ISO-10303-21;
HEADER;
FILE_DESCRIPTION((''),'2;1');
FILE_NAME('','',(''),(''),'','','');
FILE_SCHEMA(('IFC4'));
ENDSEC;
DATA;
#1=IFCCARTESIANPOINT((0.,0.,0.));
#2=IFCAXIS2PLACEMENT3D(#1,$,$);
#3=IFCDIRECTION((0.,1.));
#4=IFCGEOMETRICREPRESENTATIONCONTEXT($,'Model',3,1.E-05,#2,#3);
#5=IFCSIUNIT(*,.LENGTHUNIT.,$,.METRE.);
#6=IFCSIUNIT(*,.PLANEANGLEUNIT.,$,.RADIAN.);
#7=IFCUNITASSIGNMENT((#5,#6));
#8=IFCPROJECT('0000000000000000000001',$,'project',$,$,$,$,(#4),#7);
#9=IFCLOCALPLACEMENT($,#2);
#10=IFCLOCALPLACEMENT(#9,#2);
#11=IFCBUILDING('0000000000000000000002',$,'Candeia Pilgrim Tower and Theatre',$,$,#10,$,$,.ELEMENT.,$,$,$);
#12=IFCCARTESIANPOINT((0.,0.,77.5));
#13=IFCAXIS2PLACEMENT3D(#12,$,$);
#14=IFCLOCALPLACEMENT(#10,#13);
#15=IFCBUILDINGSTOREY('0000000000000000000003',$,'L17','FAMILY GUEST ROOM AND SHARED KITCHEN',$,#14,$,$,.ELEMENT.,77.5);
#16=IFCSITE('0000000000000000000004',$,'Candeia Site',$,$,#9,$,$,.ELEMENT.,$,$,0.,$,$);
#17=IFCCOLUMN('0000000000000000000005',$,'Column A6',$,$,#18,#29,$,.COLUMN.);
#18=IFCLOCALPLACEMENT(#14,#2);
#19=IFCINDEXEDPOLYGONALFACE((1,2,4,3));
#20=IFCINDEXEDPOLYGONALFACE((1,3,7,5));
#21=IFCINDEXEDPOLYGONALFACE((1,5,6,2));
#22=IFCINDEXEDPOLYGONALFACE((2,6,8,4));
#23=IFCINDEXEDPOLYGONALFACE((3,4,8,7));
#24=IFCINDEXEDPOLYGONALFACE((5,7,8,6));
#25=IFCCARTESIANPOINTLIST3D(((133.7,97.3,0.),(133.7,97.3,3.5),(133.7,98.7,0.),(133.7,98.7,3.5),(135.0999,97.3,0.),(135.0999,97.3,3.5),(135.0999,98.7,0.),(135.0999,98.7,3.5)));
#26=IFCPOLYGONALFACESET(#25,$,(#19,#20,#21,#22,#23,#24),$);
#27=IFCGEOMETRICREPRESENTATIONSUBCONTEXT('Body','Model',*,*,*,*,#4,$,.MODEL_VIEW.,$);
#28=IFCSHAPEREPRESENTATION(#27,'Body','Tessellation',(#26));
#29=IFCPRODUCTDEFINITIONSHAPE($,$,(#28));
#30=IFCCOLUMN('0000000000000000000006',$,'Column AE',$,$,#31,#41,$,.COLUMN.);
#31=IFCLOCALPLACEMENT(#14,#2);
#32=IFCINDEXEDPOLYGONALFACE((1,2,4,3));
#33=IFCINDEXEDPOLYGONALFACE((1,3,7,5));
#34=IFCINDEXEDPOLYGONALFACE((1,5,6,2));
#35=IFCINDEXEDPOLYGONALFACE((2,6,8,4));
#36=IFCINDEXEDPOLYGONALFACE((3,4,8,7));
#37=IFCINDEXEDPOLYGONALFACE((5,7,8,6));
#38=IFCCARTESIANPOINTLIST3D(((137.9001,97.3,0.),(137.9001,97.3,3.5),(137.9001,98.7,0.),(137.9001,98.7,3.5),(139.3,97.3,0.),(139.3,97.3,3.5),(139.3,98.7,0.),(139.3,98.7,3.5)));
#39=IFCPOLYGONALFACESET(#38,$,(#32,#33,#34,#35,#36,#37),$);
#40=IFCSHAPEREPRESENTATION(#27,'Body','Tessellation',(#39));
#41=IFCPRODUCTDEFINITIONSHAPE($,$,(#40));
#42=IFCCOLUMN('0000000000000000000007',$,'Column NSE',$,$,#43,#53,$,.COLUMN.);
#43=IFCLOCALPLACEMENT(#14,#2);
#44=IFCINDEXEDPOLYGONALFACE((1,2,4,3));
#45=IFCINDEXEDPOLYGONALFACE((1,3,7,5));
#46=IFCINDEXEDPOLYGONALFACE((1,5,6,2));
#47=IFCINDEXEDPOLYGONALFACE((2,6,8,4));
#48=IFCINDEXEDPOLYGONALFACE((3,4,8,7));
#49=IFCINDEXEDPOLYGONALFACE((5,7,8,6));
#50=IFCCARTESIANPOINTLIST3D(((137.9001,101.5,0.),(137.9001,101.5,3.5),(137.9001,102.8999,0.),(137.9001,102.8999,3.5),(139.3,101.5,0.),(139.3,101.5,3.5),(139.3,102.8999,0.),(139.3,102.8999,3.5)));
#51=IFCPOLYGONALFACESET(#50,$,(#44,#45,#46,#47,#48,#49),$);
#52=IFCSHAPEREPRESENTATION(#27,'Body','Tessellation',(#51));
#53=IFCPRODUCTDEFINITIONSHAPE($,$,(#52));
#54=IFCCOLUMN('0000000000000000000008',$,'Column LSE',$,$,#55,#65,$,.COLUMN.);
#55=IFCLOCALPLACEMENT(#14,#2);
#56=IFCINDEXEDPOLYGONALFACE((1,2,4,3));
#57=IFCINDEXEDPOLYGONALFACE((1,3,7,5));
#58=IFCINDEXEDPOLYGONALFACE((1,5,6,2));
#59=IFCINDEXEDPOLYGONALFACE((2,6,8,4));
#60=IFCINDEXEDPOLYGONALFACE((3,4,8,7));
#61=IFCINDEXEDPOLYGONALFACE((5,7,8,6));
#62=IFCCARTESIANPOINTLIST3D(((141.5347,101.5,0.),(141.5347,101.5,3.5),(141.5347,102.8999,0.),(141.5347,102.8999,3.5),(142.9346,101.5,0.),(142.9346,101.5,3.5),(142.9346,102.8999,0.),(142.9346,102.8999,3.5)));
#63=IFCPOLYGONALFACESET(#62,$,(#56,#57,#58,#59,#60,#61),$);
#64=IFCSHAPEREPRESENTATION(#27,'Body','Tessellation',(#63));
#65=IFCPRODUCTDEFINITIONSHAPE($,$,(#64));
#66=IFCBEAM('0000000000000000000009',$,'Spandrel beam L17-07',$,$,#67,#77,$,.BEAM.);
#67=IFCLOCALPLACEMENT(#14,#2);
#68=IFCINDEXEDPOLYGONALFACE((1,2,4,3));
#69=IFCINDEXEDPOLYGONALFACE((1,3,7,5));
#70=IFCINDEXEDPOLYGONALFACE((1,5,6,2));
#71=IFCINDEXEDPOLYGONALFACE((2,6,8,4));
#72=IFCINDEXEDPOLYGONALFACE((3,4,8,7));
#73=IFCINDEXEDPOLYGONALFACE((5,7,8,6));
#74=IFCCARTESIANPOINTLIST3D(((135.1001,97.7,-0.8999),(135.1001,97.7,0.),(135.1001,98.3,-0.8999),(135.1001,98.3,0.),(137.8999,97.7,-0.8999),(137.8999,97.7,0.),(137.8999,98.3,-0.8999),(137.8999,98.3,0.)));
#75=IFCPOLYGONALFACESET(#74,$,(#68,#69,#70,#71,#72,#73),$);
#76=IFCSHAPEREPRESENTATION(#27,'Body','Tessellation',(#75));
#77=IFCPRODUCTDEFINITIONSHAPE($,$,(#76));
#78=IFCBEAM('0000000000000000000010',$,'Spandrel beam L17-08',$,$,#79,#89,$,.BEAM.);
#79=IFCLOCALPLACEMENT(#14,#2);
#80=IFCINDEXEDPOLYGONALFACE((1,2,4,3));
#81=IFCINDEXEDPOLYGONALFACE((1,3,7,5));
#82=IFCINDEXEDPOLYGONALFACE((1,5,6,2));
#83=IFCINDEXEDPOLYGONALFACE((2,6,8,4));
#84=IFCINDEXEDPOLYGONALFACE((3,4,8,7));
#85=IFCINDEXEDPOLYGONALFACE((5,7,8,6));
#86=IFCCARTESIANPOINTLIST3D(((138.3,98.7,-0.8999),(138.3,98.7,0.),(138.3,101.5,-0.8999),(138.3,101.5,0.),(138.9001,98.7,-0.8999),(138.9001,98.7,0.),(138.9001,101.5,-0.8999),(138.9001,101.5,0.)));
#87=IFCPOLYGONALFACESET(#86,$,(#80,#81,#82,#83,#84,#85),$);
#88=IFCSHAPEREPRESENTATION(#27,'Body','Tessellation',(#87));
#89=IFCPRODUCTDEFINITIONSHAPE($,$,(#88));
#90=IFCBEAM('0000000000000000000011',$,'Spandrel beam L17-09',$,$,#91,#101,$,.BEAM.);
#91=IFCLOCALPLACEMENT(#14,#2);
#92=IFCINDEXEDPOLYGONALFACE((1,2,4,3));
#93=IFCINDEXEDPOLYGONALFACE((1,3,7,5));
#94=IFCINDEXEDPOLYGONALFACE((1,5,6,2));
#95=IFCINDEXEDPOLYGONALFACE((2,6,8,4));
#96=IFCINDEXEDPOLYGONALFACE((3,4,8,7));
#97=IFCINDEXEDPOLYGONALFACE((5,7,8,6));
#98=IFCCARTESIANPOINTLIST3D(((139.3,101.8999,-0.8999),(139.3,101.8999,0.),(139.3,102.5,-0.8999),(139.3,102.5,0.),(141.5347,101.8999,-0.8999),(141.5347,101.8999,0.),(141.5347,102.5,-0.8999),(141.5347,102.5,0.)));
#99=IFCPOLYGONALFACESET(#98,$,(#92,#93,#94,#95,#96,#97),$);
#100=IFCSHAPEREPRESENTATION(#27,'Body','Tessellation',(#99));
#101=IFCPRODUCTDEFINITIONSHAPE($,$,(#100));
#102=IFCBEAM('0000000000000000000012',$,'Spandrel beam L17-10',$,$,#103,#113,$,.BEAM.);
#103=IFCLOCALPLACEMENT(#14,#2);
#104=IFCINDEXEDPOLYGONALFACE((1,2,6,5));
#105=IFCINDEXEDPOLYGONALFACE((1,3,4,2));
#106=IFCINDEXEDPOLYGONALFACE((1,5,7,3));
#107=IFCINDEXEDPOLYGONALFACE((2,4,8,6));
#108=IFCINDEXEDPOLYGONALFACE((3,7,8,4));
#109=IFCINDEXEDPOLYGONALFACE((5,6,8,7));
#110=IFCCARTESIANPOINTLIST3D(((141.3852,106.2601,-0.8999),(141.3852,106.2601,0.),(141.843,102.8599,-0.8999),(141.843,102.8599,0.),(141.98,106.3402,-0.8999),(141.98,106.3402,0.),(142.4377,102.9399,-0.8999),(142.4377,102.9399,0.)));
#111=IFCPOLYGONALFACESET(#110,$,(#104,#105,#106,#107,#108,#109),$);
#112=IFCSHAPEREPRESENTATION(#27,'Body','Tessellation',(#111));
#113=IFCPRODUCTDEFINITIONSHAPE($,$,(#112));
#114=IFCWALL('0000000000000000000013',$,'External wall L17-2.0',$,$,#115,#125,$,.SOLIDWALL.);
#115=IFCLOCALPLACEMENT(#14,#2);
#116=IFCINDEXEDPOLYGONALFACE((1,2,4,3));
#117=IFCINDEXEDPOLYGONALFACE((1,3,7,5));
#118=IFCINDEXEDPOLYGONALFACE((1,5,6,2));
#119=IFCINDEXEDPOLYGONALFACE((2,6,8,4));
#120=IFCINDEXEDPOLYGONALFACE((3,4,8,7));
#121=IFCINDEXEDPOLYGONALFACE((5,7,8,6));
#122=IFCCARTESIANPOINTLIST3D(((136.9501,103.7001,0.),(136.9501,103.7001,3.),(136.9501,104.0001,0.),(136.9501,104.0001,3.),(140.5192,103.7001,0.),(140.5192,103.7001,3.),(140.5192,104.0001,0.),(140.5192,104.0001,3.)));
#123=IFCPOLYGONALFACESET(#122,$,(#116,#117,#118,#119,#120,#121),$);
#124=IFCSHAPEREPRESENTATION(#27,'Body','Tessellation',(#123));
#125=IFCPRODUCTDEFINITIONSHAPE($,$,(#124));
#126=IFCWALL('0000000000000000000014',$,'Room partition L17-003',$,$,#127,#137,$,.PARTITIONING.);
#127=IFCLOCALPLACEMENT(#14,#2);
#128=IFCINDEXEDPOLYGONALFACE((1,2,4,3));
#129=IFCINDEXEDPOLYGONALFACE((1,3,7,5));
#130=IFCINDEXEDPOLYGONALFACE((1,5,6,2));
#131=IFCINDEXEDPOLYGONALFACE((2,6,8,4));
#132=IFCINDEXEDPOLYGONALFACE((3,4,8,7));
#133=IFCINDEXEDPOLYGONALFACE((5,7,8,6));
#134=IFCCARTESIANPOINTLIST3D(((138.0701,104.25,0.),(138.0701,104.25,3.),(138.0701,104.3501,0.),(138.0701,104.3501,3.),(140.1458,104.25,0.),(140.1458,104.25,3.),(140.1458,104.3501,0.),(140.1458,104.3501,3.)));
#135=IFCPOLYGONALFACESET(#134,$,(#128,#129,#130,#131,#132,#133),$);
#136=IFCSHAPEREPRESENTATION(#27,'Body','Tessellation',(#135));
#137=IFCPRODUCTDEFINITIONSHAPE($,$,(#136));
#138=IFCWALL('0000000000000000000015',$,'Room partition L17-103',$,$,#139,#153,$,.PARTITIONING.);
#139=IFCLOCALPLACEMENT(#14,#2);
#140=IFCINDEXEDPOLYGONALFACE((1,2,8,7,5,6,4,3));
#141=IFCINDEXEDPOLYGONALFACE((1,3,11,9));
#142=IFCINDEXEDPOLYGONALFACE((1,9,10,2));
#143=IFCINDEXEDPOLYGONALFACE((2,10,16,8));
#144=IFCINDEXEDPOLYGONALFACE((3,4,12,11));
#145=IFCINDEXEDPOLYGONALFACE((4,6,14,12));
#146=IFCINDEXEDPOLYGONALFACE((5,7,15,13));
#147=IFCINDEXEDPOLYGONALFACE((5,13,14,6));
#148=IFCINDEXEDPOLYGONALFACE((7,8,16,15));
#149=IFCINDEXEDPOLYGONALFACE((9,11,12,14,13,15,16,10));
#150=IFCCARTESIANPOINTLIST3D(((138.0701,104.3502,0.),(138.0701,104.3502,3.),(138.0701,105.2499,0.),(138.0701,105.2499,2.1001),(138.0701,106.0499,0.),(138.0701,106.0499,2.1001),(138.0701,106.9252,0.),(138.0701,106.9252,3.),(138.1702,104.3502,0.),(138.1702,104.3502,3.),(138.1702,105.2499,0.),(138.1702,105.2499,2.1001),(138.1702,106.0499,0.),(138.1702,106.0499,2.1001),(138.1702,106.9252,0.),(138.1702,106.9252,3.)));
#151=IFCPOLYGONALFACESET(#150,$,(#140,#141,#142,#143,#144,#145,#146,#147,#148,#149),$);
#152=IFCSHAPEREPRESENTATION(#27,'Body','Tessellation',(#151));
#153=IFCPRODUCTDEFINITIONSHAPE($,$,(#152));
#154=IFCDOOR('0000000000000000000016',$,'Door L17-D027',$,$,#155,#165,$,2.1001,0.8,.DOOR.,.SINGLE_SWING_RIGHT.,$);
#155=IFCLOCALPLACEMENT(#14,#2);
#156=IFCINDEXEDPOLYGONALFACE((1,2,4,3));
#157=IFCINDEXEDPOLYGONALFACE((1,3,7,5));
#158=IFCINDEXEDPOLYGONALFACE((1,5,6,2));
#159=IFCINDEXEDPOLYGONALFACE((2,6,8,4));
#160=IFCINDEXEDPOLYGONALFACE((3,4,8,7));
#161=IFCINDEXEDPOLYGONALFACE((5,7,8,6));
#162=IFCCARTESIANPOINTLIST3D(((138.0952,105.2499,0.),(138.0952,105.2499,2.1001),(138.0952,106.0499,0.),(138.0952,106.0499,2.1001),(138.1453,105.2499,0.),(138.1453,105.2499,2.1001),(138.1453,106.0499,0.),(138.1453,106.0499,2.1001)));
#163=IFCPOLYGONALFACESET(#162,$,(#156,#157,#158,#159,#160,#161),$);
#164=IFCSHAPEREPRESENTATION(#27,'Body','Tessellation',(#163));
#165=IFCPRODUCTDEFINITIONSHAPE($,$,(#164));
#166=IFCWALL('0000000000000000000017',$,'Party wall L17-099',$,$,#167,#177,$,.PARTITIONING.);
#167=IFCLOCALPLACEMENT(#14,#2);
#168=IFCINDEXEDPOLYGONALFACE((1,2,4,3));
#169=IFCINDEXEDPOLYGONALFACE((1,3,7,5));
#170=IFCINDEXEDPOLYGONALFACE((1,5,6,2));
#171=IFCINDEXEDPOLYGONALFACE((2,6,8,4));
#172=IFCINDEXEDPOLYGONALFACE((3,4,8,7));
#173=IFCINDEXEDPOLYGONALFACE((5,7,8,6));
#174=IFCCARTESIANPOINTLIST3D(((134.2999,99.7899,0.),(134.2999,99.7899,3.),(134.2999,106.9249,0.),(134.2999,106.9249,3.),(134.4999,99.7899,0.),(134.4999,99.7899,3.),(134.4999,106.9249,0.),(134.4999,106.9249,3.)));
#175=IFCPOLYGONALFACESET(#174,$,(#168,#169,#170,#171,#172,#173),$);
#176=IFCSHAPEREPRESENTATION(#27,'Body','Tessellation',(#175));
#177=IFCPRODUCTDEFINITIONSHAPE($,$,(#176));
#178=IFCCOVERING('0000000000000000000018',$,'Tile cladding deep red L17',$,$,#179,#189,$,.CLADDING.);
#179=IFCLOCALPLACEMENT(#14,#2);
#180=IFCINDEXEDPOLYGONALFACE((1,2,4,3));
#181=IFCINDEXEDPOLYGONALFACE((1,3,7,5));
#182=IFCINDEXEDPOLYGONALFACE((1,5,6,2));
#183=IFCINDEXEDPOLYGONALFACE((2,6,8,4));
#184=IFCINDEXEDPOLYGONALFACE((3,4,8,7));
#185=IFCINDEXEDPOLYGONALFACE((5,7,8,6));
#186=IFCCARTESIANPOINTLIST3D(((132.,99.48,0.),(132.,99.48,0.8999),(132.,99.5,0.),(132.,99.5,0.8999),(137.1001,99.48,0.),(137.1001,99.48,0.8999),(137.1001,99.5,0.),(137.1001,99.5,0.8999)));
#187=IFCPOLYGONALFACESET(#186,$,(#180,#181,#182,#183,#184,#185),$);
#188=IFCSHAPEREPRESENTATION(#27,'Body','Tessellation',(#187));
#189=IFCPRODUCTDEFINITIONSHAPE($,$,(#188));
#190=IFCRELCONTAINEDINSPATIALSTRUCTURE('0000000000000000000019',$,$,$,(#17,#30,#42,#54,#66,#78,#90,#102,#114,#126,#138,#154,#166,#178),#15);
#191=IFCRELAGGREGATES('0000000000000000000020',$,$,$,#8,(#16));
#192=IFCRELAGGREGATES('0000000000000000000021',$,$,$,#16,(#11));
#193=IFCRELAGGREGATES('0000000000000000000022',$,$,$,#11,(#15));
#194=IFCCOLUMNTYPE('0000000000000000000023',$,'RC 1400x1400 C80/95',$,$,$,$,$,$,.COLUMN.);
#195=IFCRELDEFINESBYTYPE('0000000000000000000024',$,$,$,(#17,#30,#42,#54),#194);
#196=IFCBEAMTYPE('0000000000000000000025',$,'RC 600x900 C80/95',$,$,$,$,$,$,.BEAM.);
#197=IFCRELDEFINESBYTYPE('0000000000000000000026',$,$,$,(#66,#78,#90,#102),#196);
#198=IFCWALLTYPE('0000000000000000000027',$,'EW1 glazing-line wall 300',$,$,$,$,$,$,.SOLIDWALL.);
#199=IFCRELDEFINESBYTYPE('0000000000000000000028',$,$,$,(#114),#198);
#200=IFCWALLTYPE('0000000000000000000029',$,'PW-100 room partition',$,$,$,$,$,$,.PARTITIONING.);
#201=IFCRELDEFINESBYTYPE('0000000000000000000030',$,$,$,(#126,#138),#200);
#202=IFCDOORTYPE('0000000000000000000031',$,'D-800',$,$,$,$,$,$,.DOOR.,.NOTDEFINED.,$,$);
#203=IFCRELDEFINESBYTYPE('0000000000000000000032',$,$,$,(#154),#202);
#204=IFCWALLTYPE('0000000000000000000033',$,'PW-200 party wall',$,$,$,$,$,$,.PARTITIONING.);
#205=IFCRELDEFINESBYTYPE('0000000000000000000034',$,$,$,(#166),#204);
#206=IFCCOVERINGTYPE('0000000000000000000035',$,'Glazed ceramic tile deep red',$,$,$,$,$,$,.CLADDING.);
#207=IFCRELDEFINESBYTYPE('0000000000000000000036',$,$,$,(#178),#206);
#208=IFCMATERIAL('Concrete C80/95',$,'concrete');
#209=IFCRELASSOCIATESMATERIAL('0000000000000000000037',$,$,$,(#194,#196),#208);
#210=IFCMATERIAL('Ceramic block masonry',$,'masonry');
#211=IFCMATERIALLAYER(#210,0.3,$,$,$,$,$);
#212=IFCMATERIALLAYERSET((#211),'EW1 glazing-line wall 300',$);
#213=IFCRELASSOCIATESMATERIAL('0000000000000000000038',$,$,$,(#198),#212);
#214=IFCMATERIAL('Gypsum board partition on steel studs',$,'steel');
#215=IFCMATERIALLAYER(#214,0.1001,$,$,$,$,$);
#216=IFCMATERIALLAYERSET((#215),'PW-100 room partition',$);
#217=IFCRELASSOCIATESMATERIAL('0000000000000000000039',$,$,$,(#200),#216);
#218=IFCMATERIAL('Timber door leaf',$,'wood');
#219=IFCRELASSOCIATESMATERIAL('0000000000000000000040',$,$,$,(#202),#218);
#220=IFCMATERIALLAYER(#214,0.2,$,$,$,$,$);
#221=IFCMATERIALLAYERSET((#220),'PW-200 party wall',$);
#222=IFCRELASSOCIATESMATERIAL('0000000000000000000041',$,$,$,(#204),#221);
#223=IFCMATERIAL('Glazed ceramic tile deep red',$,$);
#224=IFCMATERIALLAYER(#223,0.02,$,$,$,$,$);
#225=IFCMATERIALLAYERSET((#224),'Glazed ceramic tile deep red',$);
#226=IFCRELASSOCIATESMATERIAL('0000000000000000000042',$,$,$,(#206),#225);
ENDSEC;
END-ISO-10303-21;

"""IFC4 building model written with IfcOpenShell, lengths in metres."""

from ifc_helpers import new_model, si_unit, direction, frame, frame_2d, origin, origin_2d, place, context, subcontext, project, spatial, rectangle, extrude, material, layer, layer_set, material_profile, profile_set, type_object, element, fill, save


model = new_model("IFC4")

# Units and contexts
model_context = context("Model", 3, precision=1e-05, world=origin(), true_north=direction((0.0, 1.0)))
body_context = subcontext(model_context, "Body", "Model", "MODEL_VIEW")
ifc_project = project(units=[si_unit("LENGTHUNIT", "METRE"), si_unit("PLANEANGLEUNIT", "RADIAN")], contexts=[model_context])

# Site, building, storey
site_placement = place(None, origin())
site = spatial("IfcSite", under=ifc_project, at=site_placement, Name="Candeia Site", CompositionType="ELEMENT", RefElevation=0.0)
building_placement = place(site_placement, origin())
building = spatial("IfcBuilding", under=site, at=building_placement, Name="Candeia Pilgrim Tower and Theatre", CompositionType="ELEMENT")
storey_placement = place(building_placement, frame((0.0, 0.0, 77.5)))
storey = spatial("IfcBuildingStorey", under=building, at=storey_placement, Name="L17", Description="FAMILY GUEST ROOM AND SHARED KITCHEN", CompositionType="ELEMENT", Elevation=77.5)

# Columns
ifc_material_1 = material(Name="Concrete C80/95", Category="concrete")
ifc_material_profile_1 = material_profile(ifc_material_1, rectangle(XDim=1.3999, YDim=1.3999, at=origin_2d()))
ifc_profile_set_1 = profile_set([ifc_material_profile_1], Name="Concrete C80/95")
column_type = type_object("IfcColumnType", Name="RC 1400x1400 C80/95", PredefinedType="COLUMN", material=ifc_profile_set_1)
for number, where, z_axis, x_axis, name in (
    (1, (134.3999, 98.0, 0.0), (0.0, 0.0, 1.0), (1.0, 0.0, 0.0), "Column A6"),
    (2, (138.6001, 98.0, 0.0), (0.0, 0.0, 1.0), (1.0, 0.0, 0.0), "Column AE"),
    (3, (138.6001, 102.2, 0.0), (0.0, 0.0, 1.0), (1.0, 0.0, 0.0), "Column NSE"),
    (4, (142.2346, 102.2, 0.0), (0.0, 0.0, 1.0), (1.0, 0.0, 0.0), "Column LSE"),
):
    element("IfcColumn", number, at=place(storey_placement, frame(where, z_axis=z_axis, x_axis=x_axis)), inside=storey, type_object=column_type, Name=name, PredefinedType="COLUMN", context=body_context, shape_type="SweptSolid", body=[
        extrude(rectangle(XDim=1.3999, YDim=1.3999, at=origin_2d()), origin(), (0.0, 0.0, 1.0), 3.5),
    ])

# Beams
ifc_material_profile_2 = material_profile(ifc_material_1, rectangle(XDim=0.6001, YDim=0.8999, at=origin_2d()))
ifc_profile_set_2 = profile_set([ifc_material_profile_2], Name="Concrete C80/95")
beam_type = type_object("IfcBeamType", Name="RC 600x900 C80/95", PredefinedType="BEAM", material=ifc_profile_set_2)
beam_1_placement = place(storey_placement, frame((135.1001, 98.0, -0.45), z_axis=(1.0, 0.0, 0.0), x_axis=(0.0, 1.0, 0.0)))
element("IfcBeam", 5, at=beam_1_placement, inside=storey, type_object=beam_type, Name="Spandrel beam L17-07", PredefinedType="BEAM", context=body_context, shape_type="SweptSolid", body=[
    extrude(rectangle(XDim=0.6001, YDim=0.8999, at=origin_2d()), origin(), (0.0, 0.0, 1.0), 2.7998),
])
beam_2_placement = place(storey_placement, frame((138.6001, 98.7, -0.45), z_axis=(0.0, 1.0, 0.0), x_axis=(-1.0, 0.0, 0.0)))
element("IfcBeam", 6, at=beam_2_placement, inside=storey, type_object=beam_type, Name="Spandrel beam L17-08", PredefinedType="BEAM", context=body_context, shape_type="SweptSolid", body=[
    extrude(rectangle(XDim=0.6001, YDim=0.8999, at=origin_2d()), origin(), (0.0, 0.0, 1.0), 2.8),
])
beam_3_placement = place(storey_placement, frame((139.3, 102.2, -0.45), z_axis=(1.0, 0.0, 0.0), x_axis=(0.0, 1.0, 0.0)))
element("IfcBeam", 7, at=beam_3_placement, inside=storey, type_object=beam_type, Name="Spandrel beam L17-09", PredefinedType="BEAM", context=body_context, shape_type="SweptSolid", body=[
    extrude(rectangle(XDim=0.6001, YDim=0.8999, at=origin_2d()), origin(), (0.0, 0.0, 1.0), 2.2346),
])
beam_4_placement = place(storey_placement, frame((142.1404, 102.8999, -0.45), z_axis=(-0.133427, 0.991059, 0.0), x_axis=(-0.991059, -0.133427, 0.0)))
element("IfcBeam", 8, at=beam_4_placement, inside=storey, type_object=beam_type, Name="Spandrel beam L17-10", PredefinedType="BEAM", context=body_context, shape_type="SweptSolid", body=[
    extrude(rectangle(XDim=0.6001, YDim=0.8999, at=origin_2d()), origin(), (0.0, 0.0, 1.0), 3.4309),
])

# Shared definitions
ifc_material_2 = material(Name="Ceramic block masonry", Category="masonry")
ifc_layer_1 = layer(ifc_material_2, 0.3)
ifc_layer_set_1 = layer_set([ifc_layer_1], Name="EW1 glazing-line wall 300")
wall_type_1 = type_object("IfcWallType", Name="EW1 glazing-line wall 300", PredefinedType="SOLIDWALL", material=ifc_layer_set_1)

# Wall
wall_1_placement = place(storey_placement, frame((136.95, 103.8501, 0.0), z_axis=(0.0, 0.0, 1.0), x_axis=(1.0, 0.0, 0.0)))
element("IfcWall", 9, at=wall_1_placement, inside=storey, type_object=wall_type_1, Name="External wall L17-2.0", PredefinedType="SOLIDWALL", context=body_context, shape_type="SweptSolid", body=[
    extrude(rectangle(XDim=3.5691, YDim=0.3, at=frame_2d((1.7847, 0.0))), origin(), (0.0, 0.0, 1.0), 3.0),
])

# Wall
ifc_material_3 = material(Name="Gypsum board partition on steel studs", Category="steel")
ifc_layer_2 = layer(ifc_material_3, 0.1001)
ifc_layer_set_2 = layer_set([ifc_layer_2], Name="PW-100 room partition")
wall_type_2 = type_object("IfcWallType", Name="PW-100 room partition", PredefinedType="PARTITIONING", material=ifc_layer_set_2)
wall_2_placement = place(storey_placement, frame((138.0701, 104.3, 0.0), z_axis=(0.0, 0.0, 1.0), x_axis=(1.0, 0.0, 0.0)))
element("IfcWall", 10, at=wall_2_placement, inside=storey, type_object=wall_type_2, Name="Room partition L17-003", PredefinedType="PARTITIONING", context=body_context, shape_type="SweptSolid", body=[
    extrude(rectangle(XDim=2.0757, YDim=0.1001, at=frame_2d((1.0378, 0.0))), origin(), (0.0, 0.0, 1.0), 3.0),
])

# Wall, opening, door
wall_3_placement = place(storey_placement, frame((138.1201, 104.3501, 0.0), z_axis=(0.0, 0.0, 1.0), x_axis=(0.0, 1.0, 0.0)))
wall_3 = element("IfcWall", 11, at=wall_3_placement, inside=storey, type_object=wall_type_2, Name="Room partition L17-103", PredefinedType="PARTITIONING", context=body_context, shape_type="SweptSolid", body=[
    extrude(rectangle(XDim=2.575, YDim=0.1001, at=frame_2d((1.2876, 0.0))), origin(), (0.0, 0.0, 1.0), 3.0),
])
opening_1_placement = place(wall_3_placement, frame((0.8999, 0.0, 0.0)))
opening_1 = element("IfcOpeningElement", 12, at=opening_1_placement, cuts=wall_3, PredefinedType="OPENING", context=body_context, shape_type="SweptSolid", body=[
    extrude(rectangle(XDim=0.8, YDim=2.1001, at=frame_2d((0.3999, 1.05))), frame((0.0, 0.0601, 0.0), z_axis=(0.0, -1.0, 0.0), x_axis=(1.0, 0.0, 0.0)), (0.0, 0.0, 1.0), 0.1201),
])
ifc_material_4 = material(Name="Timber door leaf", Category="wood")
door_type_1 = type_object("IfcDoorType", Name="D-800", OperationType="NOTDEFINED", PredefinedType="DOOR", material=ifc_material_4)
door_1_placement = place(opening_1_placement, origin())
door_1 = element("IfcDoor", 13, at=door_1_placement, inside=storey, type_object=door_type_1, Name="Door L17-D027", OperationType="SINGLE_SWING_RIGHT", OverallHeight=2.1001, OverallWidth=0.8, PredefinedType="DOOR", context=body_context, shape_type="SweptSolid", body=[
    extrude(rectangle(XDim=0.8, YDim=2.1001, at=frame_2d((0.3999, 1.05))), frame((0.0, 0.0249, 0.0), z_axis=(0.0, -1.0, 0.0), x_axis=(1.0, 0.0, 0.0)), (0.0, 0.0, 1.0), 0.05),
])
fill(opening_1, door_1)

# Wall
ifc_layer_3 = layer(ifc_material_3, 0.2)
ifc_layer_set_3 = layer_set([ifc_layer_3], Name="PW-200 party wall")
wall_type_3 = type_object("IfcWallType", Name="PW-200 party wall", PredefinedType="PARTITIONING", material=ifc_layer_set_3)
wall_4_placement = place(storey_placement, frame((134.3999, 99.79, 0.0), z_axis=(0.0, 0.0, 1.0), x_axis=(0.0, 1.0, 0.0)))
element("IfcWall", 14, at=wall_4_placement, inside=storey, type_object=wall_type_3, Name="Party wall L17-099", PredefinedType="PARTITIONING", context=body_context, shape_type="SweptSolid", body=[
    extrude(rectangle(XDim=7.135, YDim=0.2, at=frame_2d((3.5674, 0.0))), origin(), (0.0, 0.0, 1.0), 3.0),
])

# Covering
ifc_material_5 = material(Name="Glazed ceramic tile deep red")
ifc_layer_4 = layer(ifc_material_5, 0.02)
ifc_layer_set_4 = layer_set([ifc_layer_4], Name="Glazed ceramic tile deep red")
covering_type = type_object("IfcCoveringType", Name="Glazed ceramic tile deep red", PredefinedType="CLADDING", material=ifc_layer_set_4)
covering_1_placement = place(storey_placement, frame((134.55, 99.49, 0.0), z_axis=(0.0, 0.0, 1.0), x_axis=(1.0, 0.0, 0.0)))
element("IfcCovering", 15, at=covering_1_placement, inside=storey, type_object=covering_type, Name="Tile cladding deep red L17", PredefinedType="CLADDING", context=body_context, shape_type="SweptSolid", body=[
    extrude(rectangle(XDim=5.1001, YDim=0.02, at=origin_2d()), origin(), (0.0, 0.0, 1.0), 0.8999),
])

save(model, "model.ifc")
